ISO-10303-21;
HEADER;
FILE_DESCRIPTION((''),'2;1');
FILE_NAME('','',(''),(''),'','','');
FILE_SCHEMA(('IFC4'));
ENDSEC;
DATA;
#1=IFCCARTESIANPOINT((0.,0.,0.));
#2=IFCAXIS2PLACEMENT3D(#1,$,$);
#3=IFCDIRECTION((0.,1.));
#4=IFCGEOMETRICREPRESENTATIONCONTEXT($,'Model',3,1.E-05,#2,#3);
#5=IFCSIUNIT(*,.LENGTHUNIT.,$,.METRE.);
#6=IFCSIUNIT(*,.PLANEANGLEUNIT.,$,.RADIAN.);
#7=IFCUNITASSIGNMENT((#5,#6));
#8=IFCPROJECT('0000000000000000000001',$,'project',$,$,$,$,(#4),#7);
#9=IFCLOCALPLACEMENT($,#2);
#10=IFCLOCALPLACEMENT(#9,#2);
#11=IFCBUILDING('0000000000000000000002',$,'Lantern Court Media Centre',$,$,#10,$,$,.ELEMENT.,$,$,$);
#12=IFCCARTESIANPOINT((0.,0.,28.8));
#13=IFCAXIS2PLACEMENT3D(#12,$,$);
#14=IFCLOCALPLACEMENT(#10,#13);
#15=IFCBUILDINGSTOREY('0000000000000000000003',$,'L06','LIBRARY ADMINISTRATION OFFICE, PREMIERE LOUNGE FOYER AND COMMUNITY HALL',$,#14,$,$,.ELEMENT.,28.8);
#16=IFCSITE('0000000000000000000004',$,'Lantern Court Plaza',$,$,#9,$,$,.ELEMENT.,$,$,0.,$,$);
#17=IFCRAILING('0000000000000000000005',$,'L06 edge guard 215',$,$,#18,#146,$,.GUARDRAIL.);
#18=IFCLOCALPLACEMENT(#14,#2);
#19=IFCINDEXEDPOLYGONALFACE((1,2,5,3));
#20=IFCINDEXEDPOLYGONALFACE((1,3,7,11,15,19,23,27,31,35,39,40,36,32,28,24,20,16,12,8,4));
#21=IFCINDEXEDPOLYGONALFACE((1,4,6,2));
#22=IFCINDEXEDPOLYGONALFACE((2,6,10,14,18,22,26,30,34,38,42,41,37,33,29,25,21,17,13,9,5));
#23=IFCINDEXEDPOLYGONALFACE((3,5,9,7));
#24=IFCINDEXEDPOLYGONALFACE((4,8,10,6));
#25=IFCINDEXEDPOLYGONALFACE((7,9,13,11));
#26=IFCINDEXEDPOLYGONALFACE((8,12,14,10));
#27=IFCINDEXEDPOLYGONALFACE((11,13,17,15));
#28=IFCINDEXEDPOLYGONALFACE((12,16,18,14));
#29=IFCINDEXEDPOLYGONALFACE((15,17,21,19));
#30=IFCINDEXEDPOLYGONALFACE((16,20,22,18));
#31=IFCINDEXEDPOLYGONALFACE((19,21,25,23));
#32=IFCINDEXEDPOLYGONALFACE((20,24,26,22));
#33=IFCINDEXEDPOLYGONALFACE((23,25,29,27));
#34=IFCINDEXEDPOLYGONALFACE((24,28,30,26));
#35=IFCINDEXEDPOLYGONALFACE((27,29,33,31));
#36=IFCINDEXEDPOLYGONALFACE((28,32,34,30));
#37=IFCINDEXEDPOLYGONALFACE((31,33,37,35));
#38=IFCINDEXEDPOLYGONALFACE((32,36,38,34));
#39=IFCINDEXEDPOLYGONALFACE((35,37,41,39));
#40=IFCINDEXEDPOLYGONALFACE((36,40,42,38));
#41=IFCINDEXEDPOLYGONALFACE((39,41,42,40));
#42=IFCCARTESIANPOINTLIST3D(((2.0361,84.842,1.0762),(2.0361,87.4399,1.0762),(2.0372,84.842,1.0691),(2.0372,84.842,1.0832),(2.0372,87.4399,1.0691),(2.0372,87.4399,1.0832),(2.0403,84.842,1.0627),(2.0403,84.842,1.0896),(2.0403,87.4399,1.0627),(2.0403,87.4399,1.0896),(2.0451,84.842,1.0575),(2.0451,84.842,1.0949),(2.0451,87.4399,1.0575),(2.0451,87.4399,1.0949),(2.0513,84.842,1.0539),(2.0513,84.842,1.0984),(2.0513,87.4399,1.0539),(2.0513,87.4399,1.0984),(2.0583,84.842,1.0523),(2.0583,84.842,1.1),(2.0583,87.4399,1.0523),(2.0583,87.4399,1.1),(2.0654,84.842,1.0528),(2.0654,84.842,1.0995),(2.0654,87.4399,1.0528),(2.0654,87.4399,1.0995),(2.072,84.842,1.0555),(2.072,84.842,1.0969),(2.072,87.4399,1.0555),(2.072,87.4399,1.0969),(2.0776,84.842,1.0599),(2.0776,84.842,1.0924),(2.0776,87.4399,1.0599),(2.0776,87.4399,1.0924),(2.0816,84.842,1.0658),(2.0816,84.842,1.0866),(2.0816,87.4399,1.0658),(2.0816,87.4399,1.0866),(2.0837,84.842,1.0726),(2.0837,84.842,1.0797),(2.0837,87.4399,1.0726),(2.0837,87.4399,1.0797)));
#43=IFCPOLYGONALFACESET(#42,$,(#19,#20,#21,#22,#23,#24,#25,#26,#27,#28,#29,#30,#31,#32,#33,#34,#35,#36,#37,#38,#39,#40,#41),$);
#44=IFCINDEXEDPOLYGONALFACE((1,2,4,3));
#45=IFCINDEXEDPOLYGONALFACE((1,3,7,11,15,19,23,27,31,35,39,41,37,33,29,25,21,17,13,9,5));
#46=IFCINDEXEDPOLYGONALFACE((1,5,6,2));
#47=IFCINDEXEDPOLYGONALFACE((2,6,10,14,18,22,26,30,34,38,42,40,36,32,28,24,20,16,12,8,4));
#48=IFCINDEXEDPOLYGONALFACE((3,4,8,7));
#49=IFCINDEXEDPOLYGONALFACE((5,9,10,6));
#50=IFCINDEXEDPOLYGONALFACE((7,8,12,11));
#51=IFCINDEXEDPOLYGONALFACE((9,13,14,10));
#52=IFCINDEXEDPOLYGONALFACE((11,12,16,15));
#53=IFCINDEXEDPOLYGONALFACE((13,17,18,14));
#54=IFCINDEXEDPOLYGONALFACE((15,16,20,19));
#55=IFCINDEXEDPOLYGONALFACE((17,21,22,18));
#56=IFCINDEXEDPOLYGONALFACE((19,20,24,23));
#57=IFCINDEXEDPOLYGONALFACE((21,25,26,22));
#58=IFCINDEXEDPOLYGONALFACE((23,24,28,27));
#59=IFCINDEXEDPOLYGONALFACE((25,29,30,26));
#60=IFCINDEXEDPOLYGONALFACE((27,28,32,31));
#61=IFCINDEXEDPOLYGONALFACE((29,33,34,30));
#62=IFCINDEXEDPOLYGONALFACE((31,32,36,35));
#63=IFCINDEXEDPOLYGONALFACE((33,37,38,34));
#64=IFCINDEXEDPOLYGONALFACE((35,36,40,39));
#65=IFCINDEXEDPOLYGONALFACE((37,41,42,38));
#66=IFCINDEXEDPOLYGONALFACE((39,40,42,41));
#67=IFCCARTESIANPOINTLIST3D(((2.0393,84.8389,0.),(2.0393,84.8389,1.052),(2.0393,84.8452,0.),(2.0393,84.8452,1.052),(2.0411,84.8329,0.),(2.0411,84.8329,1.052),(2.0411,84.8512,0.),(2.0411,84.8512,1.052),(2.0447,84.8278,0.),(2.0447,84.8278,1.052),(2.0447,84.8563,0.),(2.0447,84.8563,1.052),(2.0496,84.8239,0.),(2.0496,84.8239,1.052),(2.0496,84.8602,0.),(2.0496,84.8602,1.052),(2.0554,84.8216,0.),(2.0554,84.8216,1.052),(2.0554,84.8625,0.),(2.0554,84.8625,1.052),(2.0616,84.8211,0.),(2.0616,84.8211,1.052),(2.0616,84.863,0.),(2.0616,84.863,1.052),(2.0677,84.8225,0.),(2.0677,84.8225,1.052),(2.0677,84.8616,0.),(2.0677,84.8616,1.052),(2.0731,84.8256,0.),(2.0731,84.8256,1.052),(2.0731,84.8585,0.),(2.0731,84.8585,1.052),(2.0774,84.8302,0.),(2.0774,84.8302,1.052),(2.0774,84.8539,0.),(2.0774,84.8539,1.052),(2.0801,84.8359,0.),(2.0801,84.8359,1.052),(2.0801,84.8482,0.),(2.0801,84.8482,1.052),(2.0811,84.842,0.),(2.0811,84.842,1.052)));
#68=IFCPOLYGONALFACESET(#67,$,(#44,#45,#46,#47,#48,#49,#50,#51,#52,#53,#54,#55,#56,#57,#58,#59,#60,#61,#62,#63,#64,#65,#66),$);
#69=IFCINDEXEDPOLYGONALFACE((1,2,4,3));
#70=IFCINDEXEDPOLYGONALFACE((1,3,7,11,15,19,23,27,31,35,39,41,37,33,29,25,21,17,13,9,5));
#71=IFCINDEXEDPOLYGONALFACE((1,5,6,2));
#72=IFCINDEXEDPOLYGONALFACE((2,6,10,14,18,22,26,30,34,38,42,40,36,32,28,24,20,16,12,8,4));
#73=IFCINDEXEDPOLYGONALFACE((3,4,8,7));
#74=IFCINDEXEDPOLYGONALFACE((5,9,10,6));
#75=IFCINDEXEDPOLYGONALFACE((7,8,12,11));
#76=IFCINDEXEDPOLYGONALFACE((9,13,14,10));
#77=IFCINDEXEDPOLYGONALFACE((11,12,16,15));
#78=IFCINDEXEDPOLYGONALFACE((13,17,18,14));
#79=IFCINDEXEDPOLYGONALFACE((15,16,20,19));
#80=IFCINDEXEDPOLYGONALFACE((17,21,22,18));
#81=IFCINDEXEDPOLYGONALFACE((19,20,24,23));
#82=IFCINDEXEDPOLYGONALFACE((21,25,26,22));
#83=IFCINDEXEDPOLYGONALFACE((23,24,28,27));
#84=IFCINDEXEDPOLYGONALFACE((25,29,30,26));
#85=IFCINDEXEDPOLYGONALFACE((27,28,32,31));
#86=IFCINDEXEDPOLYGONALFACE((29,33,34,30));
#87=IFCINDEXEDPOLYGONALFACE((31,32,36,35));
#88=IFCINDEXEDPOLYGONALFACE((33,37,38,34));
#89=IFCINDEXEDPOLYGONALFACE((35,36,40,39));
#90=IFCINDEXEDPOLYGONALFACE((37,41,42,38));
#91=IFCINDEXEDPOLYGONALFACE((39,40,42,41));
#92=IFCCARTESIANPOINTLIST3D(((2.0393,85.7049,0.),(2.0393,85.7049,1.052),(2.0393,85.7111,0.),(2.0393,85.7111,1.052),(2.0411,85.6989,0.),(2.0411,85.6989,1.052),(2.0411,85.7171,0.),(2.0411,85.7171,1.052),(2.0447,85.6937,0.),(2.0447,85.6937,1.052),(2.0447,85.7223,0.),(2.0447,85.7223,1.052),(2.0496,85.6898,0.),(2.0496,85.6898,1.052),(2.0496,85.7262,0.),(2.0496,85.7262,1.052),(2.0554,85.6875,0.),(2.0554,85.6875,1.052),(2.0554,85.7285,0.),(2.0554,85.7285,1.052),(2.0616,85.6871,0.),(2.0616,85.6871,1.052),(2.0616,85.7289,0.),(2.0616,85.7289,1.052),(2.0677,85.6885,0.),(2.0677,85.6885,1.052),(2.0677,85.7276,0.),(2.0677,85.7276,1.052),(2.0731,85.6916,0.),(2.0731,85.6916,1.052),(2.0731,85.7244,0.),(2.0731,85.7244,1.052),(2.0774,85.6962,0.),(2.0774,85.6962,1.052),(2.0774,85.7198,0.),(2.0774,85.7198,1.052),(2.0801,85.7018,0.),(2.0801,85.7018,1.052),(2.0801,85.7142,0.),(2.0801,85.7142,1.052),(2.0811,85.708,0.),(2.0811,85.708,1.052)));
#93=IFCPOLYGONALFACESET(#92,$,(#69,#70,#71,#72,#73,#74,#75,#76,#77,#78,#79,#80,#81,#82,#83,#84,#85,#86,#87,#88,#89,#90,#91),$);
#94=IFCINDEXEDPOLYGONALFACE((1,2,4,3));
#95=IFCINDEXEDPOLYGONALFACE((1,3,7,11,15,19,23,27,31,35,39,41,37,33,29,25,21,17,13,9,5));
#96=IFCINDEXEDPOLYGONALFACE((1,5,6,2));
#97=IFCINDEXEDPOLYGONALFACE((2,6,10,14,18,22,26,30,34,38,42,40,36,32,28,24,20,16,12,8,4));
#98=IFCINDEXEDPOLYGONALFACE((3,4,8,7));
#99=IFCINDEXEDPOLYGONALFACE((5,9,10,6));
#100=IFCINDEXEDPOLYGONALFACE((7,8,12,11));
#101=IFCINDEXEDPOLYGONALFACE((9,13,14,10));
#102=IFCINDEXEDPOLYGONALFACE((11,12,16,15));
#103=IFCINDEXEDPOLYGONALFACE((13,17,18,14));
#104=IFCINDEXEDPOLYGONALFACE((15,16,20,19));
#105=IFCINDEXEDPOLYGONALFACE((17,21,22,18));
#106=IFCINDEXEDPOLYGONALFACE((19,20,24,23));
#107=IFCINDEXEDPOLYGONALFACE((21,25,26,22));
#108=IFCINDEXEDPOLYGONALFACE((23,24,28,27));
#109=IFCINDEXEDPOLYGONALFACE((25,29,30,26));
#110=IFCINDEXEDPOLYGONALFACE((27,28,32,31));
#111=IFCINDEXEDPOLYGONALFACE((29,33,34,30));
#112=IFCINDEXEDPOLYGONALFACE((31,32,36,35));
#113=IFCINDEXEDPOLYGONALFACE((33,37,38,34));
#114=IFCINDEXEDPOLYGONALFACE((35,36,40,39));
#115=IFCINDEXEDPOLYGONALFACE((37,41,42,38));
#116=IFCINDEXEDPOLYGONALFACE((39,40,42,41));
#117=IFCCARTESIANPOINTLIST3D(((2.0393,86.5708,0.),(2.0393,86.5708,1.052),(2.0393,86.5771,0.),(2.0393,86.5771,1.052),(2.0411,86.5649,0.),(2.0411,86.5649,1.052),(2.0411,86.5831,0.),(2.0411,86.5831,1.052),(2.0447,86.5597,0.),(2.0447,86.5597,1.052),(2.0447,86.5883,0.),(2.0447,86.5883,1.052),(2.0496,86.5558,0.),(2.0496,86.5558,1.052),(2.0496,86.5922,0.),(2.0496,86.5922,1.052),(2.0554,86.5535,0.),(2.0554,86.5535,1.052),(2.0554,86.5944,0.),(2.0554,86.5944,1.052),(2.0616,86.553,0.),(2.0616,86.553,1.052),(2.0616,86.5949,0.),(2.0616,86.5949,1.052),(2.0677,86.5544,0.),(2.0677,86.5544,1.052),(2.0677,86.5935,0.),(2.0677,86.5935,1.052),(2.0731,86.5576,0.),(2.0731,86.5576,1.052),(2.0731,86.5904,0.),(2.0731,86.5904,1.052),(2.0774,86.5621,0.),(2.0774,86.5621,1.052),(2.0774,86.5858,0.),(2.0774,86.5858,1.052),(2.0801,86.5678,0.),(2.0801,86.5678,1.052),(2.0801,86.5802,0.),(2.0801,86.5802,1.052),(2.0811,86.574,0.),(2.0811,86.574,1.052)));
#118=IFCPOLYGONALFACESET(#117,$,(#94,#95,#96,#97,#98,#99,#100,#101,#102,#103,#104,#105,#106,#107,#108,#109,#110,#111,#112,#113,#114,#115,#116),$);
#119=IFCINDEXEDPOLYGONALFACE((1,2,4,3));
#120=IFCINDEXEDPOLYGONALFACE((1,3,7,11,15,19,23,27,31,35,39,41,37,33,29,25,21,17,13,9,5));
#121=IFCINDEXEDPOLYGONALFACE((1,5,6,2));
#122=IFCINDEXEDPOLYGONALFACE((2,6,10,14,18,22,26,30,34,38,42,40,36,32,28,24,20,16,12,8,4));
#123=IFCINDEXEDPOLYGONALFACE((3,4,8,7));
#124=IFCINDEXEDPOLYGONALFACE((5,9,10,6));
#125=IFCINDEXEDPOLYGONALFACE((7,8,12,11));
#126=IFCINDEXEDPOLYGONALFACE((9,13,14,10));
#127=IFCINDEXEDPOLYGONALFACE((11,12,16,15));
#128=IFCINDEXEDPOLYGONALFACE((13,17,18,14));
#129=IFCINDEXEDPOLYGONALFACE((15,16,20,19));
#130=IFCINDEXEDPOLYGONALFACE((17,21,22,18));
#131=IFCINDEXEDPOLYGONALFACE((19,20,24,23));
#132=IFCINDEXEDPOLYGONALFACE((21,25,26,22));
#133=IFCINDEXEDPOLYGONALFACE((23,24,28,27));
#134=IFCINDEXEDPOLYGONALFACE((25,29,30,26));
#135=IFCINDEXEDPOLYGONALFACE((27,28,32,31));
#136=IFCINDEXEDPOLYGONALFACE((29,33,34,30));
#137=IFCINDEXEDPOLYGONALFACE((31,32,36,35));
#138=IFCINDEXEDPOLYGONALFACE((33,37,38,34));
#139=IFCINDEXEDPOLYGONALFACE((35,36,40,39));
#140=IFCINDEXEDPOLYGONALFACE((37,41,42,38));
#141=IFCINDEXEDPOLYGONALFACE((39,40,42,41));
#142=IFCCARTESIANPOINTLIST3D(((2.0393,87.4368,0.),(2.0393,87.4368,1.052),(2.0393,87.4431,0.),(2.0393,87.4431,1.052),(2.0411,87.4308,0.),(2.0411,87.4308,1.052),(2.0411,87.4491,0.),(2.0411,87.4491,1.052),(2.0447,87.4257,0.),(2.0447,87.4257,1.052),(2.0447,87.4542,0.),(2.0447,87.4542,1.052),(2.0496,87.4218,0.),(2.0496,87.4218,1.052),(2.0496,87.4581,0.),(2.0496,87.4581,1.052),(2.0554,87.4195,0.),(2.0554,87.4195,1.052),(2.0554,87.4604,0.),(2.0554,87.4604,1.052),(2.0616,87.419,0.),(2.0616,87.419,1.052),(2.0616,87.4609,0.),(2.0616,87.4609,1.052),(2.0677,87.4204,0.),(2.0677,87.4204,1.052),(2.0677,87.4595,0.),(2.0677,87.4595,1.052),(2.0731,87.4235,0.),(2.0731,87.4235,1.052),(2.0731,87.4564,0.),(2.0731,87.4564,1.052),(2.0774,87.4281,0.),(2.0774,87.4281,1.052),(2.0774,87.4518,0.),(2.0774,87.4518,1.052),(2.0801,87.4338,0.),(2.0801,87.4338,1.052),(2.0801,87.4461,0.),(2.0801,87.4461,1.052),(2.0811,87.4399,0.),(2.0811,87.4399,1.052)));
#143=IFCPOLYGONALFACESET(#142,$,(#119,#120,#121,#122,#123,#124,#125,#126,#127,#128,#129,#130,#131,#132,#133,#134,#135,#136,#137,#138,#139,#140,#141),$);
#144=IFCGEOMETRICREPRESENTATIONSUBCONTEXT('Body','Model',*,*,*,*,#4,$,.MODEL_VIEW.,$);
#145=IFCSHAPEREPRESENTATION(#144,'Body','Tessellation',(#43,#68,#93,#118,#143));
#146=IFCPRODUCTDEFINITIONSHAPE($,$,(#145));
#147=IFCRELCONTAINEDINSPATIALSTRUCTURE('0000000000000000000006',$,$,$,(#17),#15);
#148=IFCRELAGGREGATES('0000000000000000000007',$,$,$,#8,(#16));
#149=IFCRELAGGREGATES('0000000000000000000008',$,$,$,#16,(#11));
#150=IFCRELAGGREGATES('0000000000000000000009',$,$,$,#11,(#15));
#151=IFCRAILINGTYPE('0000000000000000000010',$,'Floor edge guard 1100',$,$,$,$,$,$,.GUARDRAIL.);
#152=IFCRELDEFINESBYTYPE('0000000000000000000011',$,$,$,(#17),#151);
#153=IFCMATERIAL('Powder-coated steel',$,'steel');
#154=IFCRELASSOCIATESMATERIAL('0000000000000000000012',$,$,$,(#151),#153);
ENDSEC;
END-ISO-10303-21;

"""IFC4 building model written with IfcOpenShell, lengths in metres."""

from ifc_helpers import new_model, si_unit, direction, frame, origin, origin_2d, place, context, subcontext, project, spatial, circle, extrude, material, type_object, element, save


model = new_model("IFC4")

# Units and contexts
model_context = context("Model", 3, precision=1e-05, world=origin(), true_north=direction((0.0, 1.0)))
body_context = subcontext(model_context, "Body", "Model", "MODEL_VIEW")
ifc_project = project(units=[si_unit("LENGTHUNIT", "METRE"), si_unit("PLANEANGLEUNIT", "RADIAN")], contexts=[model_context])

# Site, building, storey
site_placement = place(None, origin())
site = spatial("IfcSite", under=ifc_project, at=site_placement, Name="Lantern Court Plaza", CompositionType="ELEMENT", RefElevation=0.0)
building_placement = place(site_placement, origin())
building = spatial("IfcBuilding", under=site, at=building_placement, Name="Lantern Court Media Centre", CompositionType="ELEMENT")
storey_placement = place(building_placement, frame((0.0, 0.0, 28.8)))
storey = spatial("IfcBuildingStorey", under=building, at=storey_placement, Name="L06", Description="LIBRARY ADMINISTRATION OFFICE, PREMIERE LOUNGE FOYER AND COMMUNITY HALL", CompositionType="ELEMENT", Elevation=28.8)

# Railing
ifc_material_1 = material(Name="Powder-coated steel", Category="steel")
railing_type = type_object("IfcRailingType", Name="Floor edge guard 1100", PredefinedType="GUARDRAIL", material=ifc_material_1)
for number, where, name in (
    (1, (2.0601, 84.842, 0.0), "L06 edge guard 215"),
):
    element("IfcRailing", number, at=place(storey_placement, frame(where)), inside=storey, type_object=railing_type, Name=name, PredefinedType="GUARDRAIL", context=body_context, shape_type="SweptSolid", body=[
        extrude(circle(Radius=0.0239, at=origin_2d()), frame((0.0, 0.0, 1.0762), z_axis=(0.0, 1.0, 0.0), x_axis=(-1.0, 0.0, 0.0)), (0.0, 0.0, 1.0), 2.5979),
        extrude(circle(Radius=0.021, at=origin_2d()), origin(), (0.0, 0.0, 1.0), 1.052),
        extrude(circle(Radius=0.021, at=origin_2d()), frame((0.0, 0.866, 0.0)), (0.0, 0.0, 1.0), 1.052),
        extrude(circle(Radius=0.021, at=origin_2d()), frame((0.0, 1.7319, 0.0)), (0.0, 0.0, 1.0), 1.052),
        extrude(circle(Radius=0.021, at=origin_2d()), frame((0.0, 2.5979, 0.0)), (0.0, 0.0, 1.0), 1.052),
    ])

save(model, "model.ifc")
